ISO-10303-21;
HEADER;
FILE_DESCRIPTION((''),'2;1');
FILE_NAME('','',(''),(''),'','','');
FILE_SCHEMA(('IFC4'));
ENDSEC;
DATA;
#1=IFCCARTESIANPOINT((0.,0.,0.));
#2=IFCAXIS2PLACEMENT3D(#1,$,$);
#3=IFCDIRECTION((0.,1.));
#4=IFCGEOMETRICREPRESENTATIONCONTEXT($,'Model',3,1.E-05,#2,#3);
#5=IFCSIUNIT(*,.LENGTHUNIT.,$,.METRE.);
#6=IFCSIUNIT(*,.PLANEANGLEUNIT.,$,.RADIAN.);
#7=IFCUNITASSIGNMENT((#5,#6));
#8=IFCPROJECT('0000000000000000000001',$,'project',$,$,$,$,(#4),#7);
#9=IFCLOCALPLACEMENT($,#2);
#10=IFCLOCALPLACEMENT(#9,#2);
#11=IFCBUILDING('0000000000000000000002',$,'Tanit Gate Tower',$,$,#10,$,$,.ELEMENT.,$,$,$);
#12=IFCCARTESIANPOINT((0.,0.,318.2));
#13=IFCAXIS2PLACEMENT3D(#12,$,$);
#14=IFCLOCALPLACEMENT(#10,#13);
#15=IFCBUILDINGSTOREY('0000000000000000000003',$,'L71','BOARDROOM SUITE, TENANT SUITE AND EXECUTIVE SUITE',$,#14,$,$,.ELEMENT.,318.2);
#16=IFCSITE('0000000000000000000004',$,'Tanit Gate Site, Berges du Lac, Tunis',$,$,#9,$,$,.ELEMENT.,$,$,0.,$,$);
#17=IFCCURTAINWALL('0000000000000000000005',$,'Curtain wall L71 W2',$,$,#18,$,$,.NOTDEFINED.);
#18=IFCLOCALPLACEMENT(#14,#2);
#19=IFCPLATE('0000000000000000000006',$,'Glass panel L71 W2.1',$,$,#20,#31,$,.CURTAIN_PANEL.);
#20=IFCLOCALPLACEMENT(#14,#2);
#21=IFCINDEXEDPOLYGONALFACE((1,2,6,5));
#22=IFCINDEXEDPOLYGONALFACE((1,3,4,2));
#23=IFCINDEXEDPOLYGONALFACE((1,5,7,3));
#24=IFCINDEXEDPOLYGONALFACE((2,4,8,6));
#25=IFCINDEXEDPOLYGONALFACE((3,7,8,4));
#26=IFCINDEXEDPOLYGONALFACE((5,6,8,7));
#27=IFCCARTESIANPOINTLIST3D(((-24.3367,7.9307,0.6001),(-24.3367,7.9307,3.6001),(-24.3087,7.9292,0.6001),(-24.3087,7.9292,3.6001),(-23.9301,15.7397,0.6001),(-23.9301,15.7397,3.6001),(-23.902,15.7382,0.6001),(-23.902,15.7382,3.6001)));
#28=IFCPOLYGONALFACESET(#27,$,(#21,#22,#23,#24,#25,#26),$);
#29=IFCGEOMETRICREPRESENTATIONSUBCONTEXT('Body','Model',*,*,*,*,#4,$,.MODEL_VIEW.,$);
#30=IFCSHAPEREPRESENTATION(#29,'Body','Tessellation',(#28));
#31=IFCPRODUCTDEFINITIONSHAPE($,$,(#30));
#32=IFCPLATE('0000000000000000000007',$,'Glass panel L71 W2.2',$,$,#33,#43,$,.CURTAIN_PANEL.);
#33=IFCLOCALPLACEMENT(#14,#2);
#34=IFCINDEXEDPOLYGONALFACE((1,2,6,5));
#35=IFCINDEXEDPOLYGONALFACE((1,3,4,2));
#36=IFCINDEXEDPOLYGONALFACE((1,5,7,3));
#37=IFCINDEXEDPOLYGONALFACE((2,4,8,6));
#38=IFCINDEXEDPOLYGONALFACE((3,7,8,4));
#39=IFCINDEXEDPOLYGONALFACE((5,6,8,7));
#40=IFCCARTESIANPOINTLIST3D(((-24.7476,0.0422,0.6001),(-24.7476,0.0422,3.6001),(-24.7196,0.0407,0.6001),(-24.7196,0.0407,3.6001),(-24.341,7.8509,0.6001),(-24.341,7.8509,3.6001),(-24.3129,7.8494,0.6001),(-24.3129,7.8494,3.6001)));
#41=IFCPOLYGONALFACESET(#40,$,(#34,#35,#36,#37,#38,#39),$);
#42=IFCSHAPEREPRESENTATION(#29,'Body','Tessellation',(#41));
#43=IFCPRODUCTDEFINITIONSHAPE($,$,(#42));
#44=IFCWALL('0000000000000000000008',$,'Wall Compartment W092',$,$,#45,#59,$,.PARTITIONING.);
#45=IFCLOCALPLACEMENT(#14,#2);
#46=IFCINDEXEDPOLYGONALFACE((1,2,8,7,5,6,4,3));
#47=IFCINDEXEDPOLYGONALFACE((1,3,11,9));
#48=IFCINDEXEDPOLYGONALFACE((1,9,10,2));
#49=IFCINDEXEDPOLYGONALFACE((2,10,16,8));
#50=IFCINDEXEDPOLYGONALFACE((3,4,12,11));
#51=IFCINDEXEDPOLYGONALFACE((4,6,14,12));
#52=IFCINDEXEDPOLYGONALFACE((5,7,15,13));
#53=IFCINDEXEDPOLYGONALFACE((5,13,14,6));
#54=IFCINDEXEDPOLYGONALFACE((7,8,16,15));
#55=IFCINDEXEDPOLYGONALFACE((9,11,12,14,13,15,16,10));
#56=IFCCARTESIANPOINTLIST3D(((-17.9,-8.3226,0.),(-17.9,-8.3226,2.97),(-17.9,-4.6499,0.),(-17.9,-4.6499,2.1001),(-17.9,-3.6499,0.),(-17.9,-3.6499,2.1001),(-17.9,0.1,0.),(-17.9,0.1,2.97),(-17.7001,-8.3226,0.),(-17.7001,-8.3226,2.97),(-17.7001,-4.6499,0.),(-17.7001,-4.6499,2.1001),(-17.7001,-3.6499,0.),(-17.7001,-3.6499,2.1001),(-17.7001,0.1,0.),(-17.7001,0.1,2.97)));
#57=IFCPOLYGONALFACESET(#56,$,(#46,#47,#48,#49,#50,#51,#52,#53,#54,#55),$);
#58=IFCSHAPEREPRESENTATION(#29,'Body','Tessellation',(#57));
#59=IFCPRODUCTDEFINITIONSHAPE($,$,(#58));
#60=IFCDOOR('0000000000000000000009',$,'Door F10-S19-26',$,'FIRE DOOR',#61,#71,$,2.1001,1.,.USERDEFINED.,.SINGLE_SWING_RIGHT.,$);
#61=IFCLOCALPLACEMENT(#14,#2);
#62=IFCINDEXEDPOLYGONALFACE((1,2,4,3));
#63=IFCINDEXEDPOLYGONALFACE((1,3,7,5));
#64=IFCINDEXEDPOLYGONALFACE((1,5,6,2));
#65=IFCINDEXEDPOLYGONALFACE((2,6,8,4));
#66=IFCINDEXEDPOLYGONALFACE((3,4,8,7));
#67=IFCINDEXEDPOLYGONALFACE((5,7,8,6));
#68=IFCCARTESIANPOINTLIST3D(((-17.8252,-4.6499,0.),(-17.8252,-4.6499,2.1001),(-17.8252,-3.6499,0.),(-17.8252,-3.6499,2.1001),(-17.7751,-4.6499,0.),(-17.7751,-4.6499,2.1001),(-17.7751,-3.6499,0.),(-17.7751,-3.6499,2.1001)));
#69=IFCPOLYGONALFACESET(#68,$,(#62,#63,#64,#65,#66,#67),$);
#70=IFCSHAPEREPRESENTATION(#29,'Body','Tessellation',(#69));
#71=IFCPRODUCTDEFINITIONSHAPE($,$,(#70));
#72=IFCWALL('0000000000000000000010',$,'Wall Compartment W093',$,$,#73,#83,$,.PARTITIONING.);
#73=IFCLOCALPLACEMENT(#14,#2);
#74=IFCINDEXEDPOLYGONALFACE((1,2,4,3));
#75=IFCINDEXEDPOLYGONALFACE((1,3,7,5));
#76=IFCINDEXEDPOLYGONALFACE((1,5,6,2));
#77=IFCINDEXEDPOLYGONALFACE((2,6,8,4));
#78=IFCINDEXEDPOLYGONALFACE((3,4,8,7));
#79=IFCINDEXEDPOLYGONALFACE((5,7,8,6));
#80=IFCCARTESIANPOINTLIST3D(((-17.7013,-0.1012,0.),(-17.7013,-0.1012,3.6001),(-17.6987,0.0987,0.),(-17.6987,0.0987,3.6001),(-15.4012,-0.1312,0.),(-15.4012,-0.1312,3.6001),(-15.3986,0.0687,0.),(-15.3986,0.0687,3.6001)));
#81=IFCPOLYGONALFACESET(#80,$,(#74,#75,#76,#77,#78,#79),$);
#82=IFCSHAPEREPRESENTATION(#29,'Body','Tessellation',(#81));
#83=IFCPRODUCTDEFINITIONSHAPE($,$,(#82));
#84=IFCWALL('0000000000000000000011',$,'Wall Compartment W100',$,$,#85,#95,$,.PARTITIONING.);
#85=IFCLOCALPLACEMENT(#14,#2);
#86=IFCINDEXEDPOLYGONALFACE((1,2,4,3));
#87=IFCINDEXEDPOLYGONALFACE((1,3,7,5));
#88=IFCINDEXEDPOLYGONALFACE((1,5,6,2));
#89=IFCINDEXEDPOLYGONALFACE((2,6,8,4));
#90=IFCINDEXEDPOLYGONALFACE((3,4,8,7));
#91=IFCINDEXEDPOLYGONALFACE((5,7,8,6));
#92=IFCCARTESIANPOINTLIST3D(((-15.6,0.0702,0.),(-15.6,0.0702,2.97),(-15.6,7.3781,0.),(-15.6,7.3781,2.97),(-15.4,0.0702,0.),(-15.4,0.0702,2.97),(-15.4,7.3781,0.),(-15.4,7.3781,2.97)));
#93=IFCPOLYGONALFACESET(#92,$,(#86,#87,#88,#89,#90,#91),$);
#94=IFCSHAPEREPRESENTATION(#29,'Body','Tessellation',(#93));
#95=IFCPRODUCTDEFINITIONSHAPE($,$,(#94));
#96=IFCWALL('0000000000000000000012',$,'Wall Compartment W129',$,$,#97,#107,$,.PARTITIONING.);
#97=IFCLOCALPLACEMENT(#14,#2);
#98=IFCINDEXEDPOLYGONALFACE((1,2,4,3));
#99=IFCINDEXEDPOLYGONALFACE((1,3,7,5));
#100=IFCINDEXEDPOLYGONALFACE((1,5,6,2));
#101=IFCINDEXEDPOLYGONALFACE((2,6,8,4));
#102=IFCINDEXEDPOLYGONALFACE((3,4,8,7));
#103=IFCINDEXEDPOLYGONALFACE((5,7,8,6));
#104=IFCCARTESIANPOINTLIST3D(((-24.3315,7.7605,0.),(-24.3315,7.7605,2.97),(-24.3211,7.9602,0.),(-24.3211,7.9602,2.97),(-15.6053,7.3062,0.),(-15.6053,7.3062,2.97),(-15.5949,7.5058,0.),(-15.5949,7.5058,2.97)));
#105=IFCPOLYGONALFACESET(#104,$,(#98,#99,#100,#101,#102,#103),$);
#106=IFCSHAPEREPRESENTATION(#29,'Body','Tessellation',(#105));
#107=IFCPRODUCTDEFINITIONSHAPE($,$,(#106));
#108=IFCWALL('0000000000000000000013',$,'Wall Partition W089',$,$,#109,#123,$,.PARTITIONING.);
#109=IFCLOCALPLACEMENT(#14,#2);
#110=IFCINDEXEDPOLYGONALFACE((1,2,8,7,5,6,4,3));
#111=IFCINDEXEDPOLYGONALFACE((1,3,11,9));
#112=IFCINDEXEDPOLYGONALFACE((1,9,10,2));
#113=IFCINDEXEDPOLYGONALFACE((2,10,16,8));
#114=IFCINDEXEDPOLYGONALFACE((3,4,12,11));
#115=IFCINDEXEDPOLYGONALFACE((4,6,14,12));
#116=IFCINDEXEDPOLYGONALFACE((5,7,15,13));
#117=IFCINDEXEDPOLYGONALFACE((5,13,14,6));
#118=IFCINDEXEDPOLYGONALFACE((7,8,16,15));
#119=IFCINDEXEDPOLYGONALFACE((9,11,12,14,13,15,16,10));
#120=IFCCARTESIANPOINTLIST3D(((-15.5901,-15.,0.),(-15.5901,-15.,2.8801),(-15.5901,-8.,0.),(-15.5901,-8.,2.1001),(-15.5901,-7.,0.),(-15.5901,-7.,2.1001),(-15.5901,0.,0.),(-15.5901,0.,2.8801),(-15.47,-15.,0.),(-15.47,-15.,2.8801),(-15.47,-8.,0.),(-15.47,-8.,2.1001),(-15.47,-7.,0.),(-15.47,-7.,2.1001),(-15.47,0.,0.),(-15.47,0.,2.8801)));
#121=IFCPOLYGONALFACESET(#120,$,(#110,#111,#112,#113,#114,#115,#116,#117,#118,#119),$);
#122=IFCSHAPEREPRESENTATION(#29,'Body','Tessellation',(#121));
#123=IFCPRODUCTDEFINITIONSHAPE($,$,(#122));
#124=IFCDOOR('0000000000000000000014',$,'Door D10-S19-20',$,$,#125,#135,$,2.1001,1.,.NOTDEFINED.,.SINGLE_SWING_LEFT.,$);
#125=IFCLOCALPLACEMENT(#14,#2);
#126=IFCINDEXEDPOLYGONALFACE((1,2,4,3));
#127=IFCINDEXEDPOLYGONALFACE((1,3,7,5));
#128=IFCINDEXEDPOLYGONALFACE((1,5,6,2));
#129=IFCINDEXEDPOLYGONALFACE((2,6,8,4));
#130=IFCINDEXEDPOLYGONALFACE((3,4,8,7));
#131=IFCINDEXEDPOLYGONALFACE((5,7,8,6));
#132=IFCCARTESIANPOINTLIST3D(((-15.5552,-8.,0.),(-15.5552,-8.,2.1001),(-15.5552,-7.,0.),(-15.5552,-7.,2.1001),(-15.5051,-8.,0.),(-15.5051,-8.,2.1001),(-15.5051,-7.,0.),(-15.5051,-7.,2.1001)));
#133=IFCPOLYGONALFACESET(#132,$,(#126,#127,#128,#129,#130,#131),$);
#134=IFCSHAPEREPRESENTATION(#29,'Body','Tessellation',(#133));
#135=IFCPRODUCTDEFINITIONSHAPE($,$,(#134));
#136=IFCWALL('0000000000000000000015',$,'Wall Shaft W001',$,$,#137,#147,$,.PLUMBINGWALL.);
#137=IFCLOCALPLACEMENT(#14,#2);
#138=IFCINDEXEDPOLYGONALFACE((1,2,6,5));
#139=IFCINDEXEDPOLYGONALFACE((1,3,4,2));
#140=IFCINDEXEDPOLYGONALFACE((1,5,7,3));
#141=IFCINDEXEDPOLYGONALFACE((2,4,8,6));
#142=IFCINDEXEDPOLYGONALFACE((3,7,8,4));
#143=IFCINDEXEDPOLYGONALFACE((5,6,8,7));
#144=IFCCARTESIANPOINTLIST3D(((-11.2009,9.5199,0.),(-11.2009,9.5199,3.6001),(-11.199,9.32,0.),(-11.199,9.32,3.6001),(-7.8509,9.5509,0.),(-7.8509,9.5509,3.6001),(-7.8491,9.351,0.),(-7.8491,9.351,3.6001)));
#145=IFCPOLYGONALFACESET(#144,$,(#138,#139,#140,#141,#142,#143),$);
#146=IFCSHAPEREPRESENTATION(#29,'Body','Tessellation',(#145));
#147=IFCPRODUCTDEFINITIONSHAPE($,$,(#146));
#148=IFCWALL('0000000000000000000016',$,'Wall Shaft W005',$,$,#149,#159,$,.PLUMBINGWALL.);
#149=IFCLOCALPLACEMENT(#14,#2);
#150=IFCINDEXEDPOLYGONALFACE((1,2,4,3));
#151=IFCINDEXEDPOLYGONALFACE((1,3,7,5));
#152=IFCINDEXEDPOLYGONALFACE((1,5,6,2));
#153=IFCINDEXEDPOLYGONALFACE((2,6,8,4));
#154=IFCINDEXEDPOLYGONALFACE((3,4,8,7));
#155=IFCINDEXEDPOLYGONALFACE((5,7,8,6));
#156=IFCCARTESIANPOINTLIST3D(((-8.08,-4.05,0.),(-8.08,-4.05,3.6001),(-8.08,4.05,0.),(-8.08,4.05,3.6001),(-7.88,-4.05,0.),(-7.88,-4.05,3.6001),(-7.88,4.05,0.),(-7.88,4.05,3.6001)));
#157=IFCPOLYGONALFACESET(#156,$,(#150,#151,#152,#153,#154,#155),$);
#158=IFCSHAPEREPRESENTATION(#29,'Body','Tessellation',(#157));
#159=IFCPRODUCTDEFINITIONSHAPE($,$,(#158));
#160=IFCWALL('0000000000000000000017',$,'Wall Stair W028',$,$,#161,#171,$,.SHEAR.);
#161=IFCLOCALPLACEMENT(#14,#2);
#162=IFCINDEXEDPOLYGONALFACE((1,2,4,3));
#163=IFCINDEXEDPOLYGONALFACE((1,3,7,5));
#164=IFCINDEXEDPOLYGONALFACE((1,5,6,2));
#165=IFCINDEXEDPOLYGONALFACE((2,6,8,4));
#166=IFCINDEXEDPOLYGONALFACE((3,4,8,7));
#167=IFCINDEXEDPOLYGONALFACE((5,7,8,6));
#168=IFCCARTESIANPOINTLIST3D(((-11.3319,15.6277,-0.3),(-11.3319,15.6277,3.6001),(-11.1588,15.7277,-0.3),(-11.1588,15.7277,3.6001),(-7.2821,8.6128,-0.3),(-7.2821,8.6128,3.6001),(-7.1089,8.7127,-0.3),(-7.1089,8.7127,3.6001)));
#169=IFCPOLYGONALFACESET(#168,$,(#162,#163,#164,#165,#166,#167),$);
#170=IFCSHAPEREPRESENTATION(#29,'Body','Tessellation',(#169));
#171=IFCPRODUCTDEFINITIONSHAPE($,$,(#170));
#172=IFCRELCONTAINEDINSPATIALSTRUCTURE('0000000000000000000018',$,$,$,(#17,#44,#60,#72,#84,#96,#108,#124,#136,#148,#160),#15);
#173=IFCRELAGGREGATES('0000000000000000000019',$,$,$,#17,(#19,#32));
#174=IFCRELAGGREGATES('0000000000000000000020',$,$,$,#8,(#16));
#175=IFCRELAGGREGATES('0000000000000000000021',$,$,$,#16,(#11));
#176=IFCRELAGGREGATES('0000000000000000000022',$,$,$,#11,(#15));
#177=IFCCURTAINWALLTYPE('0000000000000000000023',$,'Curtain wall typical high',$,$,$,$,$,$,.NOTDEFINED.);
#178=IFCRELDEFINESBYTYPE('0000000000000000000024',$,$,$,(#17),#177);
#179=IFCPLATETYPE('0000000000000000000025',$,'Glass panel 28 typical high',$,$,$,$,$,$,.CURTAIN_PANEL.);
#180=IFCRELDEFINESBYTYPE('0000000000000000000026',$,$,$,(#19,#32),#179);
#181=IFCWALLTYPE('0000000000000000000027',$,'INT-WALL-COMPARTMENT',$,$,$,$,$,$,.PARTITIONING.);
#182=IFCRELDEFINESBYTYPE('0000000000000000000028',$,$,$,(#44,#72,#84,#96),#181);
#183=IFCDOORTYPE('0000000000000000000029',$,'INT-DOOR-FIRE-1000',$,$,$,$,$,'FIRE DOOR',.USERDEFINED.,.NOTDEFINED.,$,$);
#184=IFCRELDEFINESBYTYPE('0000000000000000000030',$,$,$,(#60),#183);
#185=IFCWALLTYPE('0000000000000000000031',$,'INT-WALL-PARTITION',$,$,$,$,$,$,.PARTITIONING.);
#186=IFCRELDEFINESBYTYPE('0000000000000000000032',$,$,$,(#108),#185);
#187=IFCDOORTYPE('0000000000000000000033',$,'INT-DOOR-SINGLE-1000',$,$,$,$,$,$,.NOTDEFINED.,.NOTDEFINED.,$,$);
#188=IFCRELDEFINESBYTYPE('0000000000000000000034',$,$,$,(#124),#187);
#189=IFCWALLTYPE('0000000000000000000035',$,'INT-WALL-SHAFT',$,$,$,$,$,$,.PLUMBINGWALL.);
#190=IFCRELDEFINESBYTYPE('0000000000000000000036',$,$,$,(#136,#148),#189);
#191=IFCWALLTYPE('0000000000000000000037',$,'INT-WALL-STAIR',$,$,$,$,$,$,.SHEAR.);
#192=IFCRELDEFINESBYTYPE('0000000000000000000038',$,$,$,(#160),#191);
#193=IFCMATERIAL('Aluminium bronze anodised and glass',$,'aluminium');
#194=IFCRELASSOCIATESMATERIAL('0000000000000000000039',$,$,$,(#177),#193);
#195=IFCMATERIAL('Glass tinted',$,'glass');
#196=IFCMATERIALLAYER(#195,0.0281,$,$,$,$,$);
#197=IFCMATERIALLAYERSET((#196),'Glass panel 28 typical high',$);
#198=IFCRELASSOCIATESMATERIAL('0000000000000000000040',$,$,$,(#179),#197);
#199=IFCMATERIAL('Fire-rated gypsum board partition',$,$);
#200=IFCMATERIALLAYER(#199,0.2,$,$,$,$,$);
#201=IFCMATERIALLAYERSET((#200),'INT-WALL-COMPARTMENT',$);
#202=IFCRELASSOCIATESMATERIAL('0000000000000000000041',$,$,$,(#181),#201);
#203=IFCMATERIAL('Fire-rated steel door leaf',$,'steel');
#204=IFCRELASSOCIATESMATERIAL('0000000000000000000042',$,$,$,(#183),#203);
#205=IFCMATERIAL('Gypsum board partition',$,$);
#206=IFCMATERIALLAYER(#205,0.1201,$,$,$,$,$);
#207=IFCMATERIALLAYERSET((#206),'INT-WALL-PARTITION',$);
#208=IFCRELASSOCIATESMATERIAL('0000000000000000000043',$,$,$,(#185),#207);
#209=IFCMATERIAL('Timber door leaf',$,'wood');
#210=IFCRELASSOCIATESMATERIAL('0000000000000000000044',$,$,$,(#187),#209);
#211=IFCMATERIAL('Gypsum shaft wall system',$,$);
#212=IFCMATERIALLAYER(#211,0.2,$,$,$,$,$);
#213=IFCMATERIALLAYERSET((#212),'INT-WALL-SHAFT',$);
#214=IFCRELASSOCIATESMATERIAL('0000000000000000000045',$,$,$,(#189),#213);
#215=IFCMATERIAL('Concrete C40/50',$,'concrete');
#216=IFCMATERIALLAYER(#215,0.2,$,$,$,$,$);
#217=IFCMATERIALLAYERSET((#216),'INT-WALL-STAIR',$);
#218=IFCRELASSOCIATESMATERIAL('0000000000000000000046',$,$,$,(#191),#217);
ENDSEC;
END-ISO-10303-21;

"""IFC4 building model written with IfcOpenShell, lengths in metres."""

from ifc_helpers import new_model, si_unit, direction, frame, frame_2d, origin, origin_2d, place, context, subcontext, project, spatial, rectangle, extrude, material, layer, layer_set, type_object, element, fill, aggregate, save


model = new_model("IFC4")

# Units and contexts
model_context = context("Model", 3, precision=1e-05, world=origin(), true_north=direction((0.0, 1.0)))
body_context = subcontext(model_context, "Body", "Model", "MODEL_VIEW")
ifc_project = project(units=[si_unit("LENGTHUNIT", "METRE"), si_unit("PLANEANGLEUNIT", "RADIAN")], contexts=[model_context])

# Site, building, storey
site_placement = place(None, origin())
site = spatial("IfcSite", under=ifc_project, at=site_placement, Name="Tanit Gate Site, Berges du Lac, Tunis", CompositionType="ELEMENT", RefElevation=0.0)
building_placement = place(site_placement, origin())
building = spatial("IfcBuilding", under=site, at=building_placement, Name="Tanit Gate Tower", CompositionType="ELEMENT")
storey_placement = place(building_placement, frame((0.0, 0.0, 318.2)))
storey = spatial("IfcBuildingStorey", under=building, at=storey_placement, Name="L71", Description="BOARDROOM SUITE, TENANT SUITE AND EXECUTIVE SUITE", CompositionType="ELEMENT", Elevation=318.2)

# Curtain wall
ifc_material_1 = material(Name="Aluminium bronze anodised and glass", Category="aluminium")
curtain_wall_type = type_object("IfcCurtainWallType", Name="Curtain wall typical high", PredefinedType="NOTDEFINED", material=ifc_material_1)
curtain_wall_placement = place(storey_placement, origin())
curtain_wall = element("IfcCurtainWall", 1, at=curtain_wall_placement, inside=storey, type_object=curtain_wall_type, Name="Curtain wall L71 W2", PredefinedType="NOTDEFINED")

# Plates
ifc_material_2 = material(Name="Glass tinted", Category="glass")
ifc_layer_1 = layer(ifc_material_2, 0.0281)
ifc_layer_set_1 = layer_set([ifc_layer_1], Name="Glass panel 28 typical high")
plate_type = type_object("IfcPlateType", Name="Glass panel 28 typical high", PredefinedType="CURTAIN_PANEL", material=ifc_layer_set_1)
plate_1_placement = place(storey_placement, frame((-24.1194, 11.8345, 0.6001), z_axis=(0.0, 0.0, 1.0), x_axis=(-0.052003, -0.998647, 0.0)))
plate_1 = element("IfcPlate", 2, at=plate_1_placement, type_object=plate_type, Name="Glass panel L71 W2.1", PredefinedType="CURTAIN_PANEL", context=body_context, shape_type="SweptSolid", body=[
    extrude(rectangle(XDim=7.8196, YDim=0.0281, at=origin_2d()), origin(), (0.0, 0.0, 1.0), 3.0),
])
plate_2_placement = place(storey_placement, frame((-24.5303, 3.9458, 0.6001), z_axis=(0.0, 0.0, 1.0), x_axis=(-0.052003, -0.998647, 0.0)))
plate_2 = element("IfcPlate", 3, at=plate_2_placement, type_object=plate_type, Name="Glass panel L71 W2.2", PredefinedType="CURTAIN_PANEL", context=body_context, shape_type="SweptSolid", body=[
    extrude(rectangle(XDim=7.8193, YDim=0.0281, at=origin_2d()), origin(), (0.0, 0.0, 1.0), 3.0),
])
aggregate(curtain_wall, [plate_1, plate_2])

# Wall, opening, door
ifc_material_3 = material(Name="Fire-rated gypsum board partition")
ifc_layer_2 = layer(ifc_material_3, 0.2)
ifc_layer_set_2 = layer_set([ifc_layer_2], Name="INT-WALL-COMPARTMENT")
wall_type_1 = type_object("IfcWallType", Name="INT-WALL-COMPARTMENT", PredefinedType="PARTITIONING", material=ifc_layer_set_2)
wall_1_placement = place(storey_placement, frame((-17.8, 0.1001, 0.0), z_axis=(0.0, 0.0, 1.0), x_axis=(0.0, -1.0, 0.0)))
wall_1 = element("IfcWall", 4, at=wall_1_placement, inside=storey, type_object=wall_type_1, Name="Wall Compartment W092", PredefinedType="PARTITIONING", context=body_context, shape_type="SweptSolid", body=[
    extrude(rectangle(XDim=8.4226, YDim=0.2, at=frame_2d((4.2114, 0.0))), origin(), (0.0, 0.0, 1.0), 2.97),
])
opening_1_placement = place(wall_1_placement, frame((3.75, 0.0, 0.0)))
opening_1 = element("IfcOpeningElement", 5, at=opening_1_placement, cuts=wall_1, PredefinedType="OPENING", context=body_context, shape_type="SweptSolid", body=[
    extrude(rectangle(XDim=1.0, YDim=2.1001, at=frame_2d((0.5, 1.05))), frame((0.0, 0.1099, 0.0), z_axis=(0.0, -1.0, 0.0), x_axis=(1.0, 0.0, 0.0)), (0.0, 0.0, 1.0), 0.22),
])
ifc_material_4 = material(Name="Fire-rated steel door leaf", Category="steel")
door_type_1 = type_object("IfcDoorType", Name="INT-DOOR-FIRE-1000", ElementType="FIRE DOOR", OperationType="NOTDEFINED", PredefinedType="USERDEFINED", material=ifc_material_4)
door_1_placement = place(opening_1_placement, origin())
door_1 = element("IfcDoor", 6, at=door_1_placement, inside=storey, type_object=door_type_1, Name="Door F10-S19-26", ObjectType="FIRE DOOR", OperationType="SINGLE_SWING_RIGHT", OverallHeight=2.1001, OverallWidth=1.0, PredefinedType="USERDEFINED", context=body_context, shape_type="SweptSolid", body=[
    extrude(rectangle(XDim=1.0, YDim=2.1001, at=frame_2d((0.5, 1.05))), frame((0.0, 0.0249, 0.0), z_axis=(0.0, -1.0, 0.0), x_axis=(1.0, 0.0, 0.0)), (0.0, 0.0, 1.0), 0.05),
])
fill(opening_1, door_1)

# Walls
wall_2_placement = place(storey_placement, frame((-15.3999, -0.0312, 0.0), z_axis=(0.0, 0.0, 1.0), x_axis=(-0.999915, 0.013055, 0.0)))
element("IfcWall", 7, at=wall_2_placement, inside=storey, type_object=wall_type_1, Name="Wall Compartment W093", PredefinedType="PARTITIONING", context=body_context, shape_type="SweptSolid", body=[
    extrude(rectangle(XDim=2.3003, YDim=0.2, at=frame_2d((1.1501, 0.0))), origin(), (0.0, 0.0, 1.0), 3.6001),
])
wall_3_placement = place(storey_placement, frame((-15.5, 7.3779, 0.0), z_axis=(0.0, 0.0, 1.0), x_axis=(0.0, -1.0, 0.0)))
element("IfcWall", 8, at=wall_3_placement, inside=storey, type_object=wall_type_1, Name="Wall Compartment W100", PredefinedType="PARTITIONING", context=body_context, shape_type="SweptSolid", body=[
    extrude(rectangle(XDim=7.3079, YDim=0.2, at=frame_2d((3.6538, 0.0))), origin(), (0.0, 0.0, 1.0), 2.97),
])
wall_4_placement = place(storey_placement, frame((-24.3264, 7.8604, 0.0), z_axis=(0.0, 0.0, 1.0), x_axis=(0.998647, -0.051996, 0.0)))
element("IfcWall", 9, at=wall_4_placement, inside=storey, type_object=wall_type_1, Name="Wall Compartment W129", PredefinedType="PARTITIONING", context=body_context, shape_type="SweptSolid", body=[
    extrude(rectangle(XDim=8.738, YDim=0.2, at=frame_2d((4.3691, 0.0))), origin(), (0.0, 0.0, 1.0), 2.97),
])

# Wall, opening, door
ifc_material_5 = material(Name="Gypsum board partition")
ifc_layer_3 = layer(ifc_material_5, 0.1201)
ifc_layer_set_3 = layer_set([ifc_layer_3], Name="INT-WALL-PARTITION")
wall_type_2 = type_object("IfcWallType", Name="INT-WALL-PARTITION", PredefinedType="PARTITIONING", material=ifc_layer_set_3)
wall_5_placement = place(storey_placement, frame((-15.53, 0.0, 0.0), z_axis=(0.0, 0.0, 1.0), x_axis=(0.0, -1.0, 0.0)))
wall_5 = element("IfcWall", 10, at=wall_5_placement, inside=storey, type_object=wall_type_2, Name="Wall Partition W089", PredefinedType="PARTITIONING", context=body_context, shape_type="SweptSolid", body=[
    extrude(rectangle(XDim=15.0, YDim=0.1201, at=frame_2d((7.5, 0.0))), origin(), (0.0, 0.0, 1.0), 2.8801),
])
opening_2_placement = place(wall_5_placement, frame((7.0, 0.0, 0.0)))
opening_2 = element("IfcOpeningElement", 11, at=opening_2_placement, cuts=wall_5, PredefinedType="OPENING", context=body_context, shape_type="SweptSolid", body=[
    extrude(rectangle(XDim=1.0, YDim=2.1001, at=frame_2d((0.5, 1.05))), frame((0.0, 0.0701, 0.0), z_axis=(0.0, -1.0, 0.0), x_axis=(1.0, 0.0, 0.0)), (0.0, 0.0, 1.0), 0.1401),
])
ifc_material_6 = material(Name="Timber door leaf", Category="wood")
door_type_2 = type_object("IfcDoorType", Name="INT-DOOR-SINGLE-1000", OperationType="NOTDEFINED", PredefinedType="NOTDEFINED", material=ifc_material_6)
door_2_placement = place(opening_2_placement, origin())
door_2 = element("IfcDoor", 12, at=door_2_placement, inside=storey, type_object=door_type_2, Name="Door D10-S19-20", OperationType="SINGLE_SWING_LEFT", OverallHeight=2.1001, OverallWidth=1.0, PredefinedType="NOTDEFINED", context=body_context, shape_type="SweptSolid", body=[
    extrude(rectangle(XDim=1.0, YDim=2.1001, at=frame_2d((0.5, 1.05))), frame((0.0, 0.0249, 0.0), z_axis=(0.0, -1.0, 0.0), x_axis=(1.0, 0.0, 0.0)), (0.0, 0.0, 1.0), 0.05),
])
fill(opening_2, door_2)

# Walls
ifc_material_7 = material(Name="Gypsum shaft wall system")
ifc_layer_4 = layer(ifc_material_7, 0.2)
ifc_layer_set_4 = layer_set([ifc_layer_4], Name="INT-WALL-SHAFT")
wall_type_3 = type_object("IfcWallType", Name="INT-WALL-SHAFT", PredefinedType="PLUMBINGWALL", material=ifc_layer_set_4)
wall_6_placement = place(storey_placement, frame((-11.2, 9.4199, 0.0), z_axis=(0.0, 0.0, 1.0), x_axis=(0.999957, 0.009255, 0.0)))
element("IfcWall", 13, at=wall_6_placement, inside=storey, type_object=wall_type_3, Name="Wall Shaft W001", PredefinedType="PLUMBINGWALL", context=body_context, shape_type="SweptSolid", body=[
    extrude(rectangle(XDim=3.3501, YDim=0.2, at=frame_2d((1.675, 0.0))), origin(), (0.0, 0.0, 1.0), 3.6001),
])
wall_7_placement = place(storey_placement, frame((-7.98, 4.05, 0.0), z_axis=(0.0, 0.0, 1.0), x_axis=(0.0, -1.0, 0.0)))
element("IfcWall", 14, at=wall_7_placement, inside=storey, type_object=wall_type_3, Name="Wall Shaft W005", PredefinedType="PLUMBINGWALL", context=body_context, shape_type="SweptSolid", body=[
    extrude(rectangle(XDim=8.1001, YDim=0.2, at=frame_2d((4.05, 0.0))), origin(), (0.0, 0.0, 1.0), 3.6001),
])
ifc_material_8 = material(Name="Concrete C40/50", Category="concrete")
ifc_layer_5 = layer(ifc_material_8, 0.2)
ifc_layer_set_5 = layer_set([ifc_layer_5], Name="INT-WALL-STAIR")
wall_type_4 = type_object("IfcWallType", Name="INT-WALL-STAIR", PredefinedType="SHEAR", material=ifc_layer_set_5)
wall_8_placement = place(storey_placement, frame((-11.2454, 15.6777, -0.3), z_axis=(0.0, 0.0, 1.0), x_axis=(0.499977, -0.866039, 0.0)))
element("IfcWall", 15, at=wall_8_placement, inside=storey, type_object=wall_type_4, Name="Wall Stair W028", PredefinedType="SHEAR", context=body_context, shape_type="SweptSolid", body=[
    extrude(rectangle(XDim=8.1001, YDim=0.2, at=frame_2d((4.05, 0.0))), origin(), (0.0, 0.0, 1.0), 3.9001),
])

save(model, "model.ifc")
